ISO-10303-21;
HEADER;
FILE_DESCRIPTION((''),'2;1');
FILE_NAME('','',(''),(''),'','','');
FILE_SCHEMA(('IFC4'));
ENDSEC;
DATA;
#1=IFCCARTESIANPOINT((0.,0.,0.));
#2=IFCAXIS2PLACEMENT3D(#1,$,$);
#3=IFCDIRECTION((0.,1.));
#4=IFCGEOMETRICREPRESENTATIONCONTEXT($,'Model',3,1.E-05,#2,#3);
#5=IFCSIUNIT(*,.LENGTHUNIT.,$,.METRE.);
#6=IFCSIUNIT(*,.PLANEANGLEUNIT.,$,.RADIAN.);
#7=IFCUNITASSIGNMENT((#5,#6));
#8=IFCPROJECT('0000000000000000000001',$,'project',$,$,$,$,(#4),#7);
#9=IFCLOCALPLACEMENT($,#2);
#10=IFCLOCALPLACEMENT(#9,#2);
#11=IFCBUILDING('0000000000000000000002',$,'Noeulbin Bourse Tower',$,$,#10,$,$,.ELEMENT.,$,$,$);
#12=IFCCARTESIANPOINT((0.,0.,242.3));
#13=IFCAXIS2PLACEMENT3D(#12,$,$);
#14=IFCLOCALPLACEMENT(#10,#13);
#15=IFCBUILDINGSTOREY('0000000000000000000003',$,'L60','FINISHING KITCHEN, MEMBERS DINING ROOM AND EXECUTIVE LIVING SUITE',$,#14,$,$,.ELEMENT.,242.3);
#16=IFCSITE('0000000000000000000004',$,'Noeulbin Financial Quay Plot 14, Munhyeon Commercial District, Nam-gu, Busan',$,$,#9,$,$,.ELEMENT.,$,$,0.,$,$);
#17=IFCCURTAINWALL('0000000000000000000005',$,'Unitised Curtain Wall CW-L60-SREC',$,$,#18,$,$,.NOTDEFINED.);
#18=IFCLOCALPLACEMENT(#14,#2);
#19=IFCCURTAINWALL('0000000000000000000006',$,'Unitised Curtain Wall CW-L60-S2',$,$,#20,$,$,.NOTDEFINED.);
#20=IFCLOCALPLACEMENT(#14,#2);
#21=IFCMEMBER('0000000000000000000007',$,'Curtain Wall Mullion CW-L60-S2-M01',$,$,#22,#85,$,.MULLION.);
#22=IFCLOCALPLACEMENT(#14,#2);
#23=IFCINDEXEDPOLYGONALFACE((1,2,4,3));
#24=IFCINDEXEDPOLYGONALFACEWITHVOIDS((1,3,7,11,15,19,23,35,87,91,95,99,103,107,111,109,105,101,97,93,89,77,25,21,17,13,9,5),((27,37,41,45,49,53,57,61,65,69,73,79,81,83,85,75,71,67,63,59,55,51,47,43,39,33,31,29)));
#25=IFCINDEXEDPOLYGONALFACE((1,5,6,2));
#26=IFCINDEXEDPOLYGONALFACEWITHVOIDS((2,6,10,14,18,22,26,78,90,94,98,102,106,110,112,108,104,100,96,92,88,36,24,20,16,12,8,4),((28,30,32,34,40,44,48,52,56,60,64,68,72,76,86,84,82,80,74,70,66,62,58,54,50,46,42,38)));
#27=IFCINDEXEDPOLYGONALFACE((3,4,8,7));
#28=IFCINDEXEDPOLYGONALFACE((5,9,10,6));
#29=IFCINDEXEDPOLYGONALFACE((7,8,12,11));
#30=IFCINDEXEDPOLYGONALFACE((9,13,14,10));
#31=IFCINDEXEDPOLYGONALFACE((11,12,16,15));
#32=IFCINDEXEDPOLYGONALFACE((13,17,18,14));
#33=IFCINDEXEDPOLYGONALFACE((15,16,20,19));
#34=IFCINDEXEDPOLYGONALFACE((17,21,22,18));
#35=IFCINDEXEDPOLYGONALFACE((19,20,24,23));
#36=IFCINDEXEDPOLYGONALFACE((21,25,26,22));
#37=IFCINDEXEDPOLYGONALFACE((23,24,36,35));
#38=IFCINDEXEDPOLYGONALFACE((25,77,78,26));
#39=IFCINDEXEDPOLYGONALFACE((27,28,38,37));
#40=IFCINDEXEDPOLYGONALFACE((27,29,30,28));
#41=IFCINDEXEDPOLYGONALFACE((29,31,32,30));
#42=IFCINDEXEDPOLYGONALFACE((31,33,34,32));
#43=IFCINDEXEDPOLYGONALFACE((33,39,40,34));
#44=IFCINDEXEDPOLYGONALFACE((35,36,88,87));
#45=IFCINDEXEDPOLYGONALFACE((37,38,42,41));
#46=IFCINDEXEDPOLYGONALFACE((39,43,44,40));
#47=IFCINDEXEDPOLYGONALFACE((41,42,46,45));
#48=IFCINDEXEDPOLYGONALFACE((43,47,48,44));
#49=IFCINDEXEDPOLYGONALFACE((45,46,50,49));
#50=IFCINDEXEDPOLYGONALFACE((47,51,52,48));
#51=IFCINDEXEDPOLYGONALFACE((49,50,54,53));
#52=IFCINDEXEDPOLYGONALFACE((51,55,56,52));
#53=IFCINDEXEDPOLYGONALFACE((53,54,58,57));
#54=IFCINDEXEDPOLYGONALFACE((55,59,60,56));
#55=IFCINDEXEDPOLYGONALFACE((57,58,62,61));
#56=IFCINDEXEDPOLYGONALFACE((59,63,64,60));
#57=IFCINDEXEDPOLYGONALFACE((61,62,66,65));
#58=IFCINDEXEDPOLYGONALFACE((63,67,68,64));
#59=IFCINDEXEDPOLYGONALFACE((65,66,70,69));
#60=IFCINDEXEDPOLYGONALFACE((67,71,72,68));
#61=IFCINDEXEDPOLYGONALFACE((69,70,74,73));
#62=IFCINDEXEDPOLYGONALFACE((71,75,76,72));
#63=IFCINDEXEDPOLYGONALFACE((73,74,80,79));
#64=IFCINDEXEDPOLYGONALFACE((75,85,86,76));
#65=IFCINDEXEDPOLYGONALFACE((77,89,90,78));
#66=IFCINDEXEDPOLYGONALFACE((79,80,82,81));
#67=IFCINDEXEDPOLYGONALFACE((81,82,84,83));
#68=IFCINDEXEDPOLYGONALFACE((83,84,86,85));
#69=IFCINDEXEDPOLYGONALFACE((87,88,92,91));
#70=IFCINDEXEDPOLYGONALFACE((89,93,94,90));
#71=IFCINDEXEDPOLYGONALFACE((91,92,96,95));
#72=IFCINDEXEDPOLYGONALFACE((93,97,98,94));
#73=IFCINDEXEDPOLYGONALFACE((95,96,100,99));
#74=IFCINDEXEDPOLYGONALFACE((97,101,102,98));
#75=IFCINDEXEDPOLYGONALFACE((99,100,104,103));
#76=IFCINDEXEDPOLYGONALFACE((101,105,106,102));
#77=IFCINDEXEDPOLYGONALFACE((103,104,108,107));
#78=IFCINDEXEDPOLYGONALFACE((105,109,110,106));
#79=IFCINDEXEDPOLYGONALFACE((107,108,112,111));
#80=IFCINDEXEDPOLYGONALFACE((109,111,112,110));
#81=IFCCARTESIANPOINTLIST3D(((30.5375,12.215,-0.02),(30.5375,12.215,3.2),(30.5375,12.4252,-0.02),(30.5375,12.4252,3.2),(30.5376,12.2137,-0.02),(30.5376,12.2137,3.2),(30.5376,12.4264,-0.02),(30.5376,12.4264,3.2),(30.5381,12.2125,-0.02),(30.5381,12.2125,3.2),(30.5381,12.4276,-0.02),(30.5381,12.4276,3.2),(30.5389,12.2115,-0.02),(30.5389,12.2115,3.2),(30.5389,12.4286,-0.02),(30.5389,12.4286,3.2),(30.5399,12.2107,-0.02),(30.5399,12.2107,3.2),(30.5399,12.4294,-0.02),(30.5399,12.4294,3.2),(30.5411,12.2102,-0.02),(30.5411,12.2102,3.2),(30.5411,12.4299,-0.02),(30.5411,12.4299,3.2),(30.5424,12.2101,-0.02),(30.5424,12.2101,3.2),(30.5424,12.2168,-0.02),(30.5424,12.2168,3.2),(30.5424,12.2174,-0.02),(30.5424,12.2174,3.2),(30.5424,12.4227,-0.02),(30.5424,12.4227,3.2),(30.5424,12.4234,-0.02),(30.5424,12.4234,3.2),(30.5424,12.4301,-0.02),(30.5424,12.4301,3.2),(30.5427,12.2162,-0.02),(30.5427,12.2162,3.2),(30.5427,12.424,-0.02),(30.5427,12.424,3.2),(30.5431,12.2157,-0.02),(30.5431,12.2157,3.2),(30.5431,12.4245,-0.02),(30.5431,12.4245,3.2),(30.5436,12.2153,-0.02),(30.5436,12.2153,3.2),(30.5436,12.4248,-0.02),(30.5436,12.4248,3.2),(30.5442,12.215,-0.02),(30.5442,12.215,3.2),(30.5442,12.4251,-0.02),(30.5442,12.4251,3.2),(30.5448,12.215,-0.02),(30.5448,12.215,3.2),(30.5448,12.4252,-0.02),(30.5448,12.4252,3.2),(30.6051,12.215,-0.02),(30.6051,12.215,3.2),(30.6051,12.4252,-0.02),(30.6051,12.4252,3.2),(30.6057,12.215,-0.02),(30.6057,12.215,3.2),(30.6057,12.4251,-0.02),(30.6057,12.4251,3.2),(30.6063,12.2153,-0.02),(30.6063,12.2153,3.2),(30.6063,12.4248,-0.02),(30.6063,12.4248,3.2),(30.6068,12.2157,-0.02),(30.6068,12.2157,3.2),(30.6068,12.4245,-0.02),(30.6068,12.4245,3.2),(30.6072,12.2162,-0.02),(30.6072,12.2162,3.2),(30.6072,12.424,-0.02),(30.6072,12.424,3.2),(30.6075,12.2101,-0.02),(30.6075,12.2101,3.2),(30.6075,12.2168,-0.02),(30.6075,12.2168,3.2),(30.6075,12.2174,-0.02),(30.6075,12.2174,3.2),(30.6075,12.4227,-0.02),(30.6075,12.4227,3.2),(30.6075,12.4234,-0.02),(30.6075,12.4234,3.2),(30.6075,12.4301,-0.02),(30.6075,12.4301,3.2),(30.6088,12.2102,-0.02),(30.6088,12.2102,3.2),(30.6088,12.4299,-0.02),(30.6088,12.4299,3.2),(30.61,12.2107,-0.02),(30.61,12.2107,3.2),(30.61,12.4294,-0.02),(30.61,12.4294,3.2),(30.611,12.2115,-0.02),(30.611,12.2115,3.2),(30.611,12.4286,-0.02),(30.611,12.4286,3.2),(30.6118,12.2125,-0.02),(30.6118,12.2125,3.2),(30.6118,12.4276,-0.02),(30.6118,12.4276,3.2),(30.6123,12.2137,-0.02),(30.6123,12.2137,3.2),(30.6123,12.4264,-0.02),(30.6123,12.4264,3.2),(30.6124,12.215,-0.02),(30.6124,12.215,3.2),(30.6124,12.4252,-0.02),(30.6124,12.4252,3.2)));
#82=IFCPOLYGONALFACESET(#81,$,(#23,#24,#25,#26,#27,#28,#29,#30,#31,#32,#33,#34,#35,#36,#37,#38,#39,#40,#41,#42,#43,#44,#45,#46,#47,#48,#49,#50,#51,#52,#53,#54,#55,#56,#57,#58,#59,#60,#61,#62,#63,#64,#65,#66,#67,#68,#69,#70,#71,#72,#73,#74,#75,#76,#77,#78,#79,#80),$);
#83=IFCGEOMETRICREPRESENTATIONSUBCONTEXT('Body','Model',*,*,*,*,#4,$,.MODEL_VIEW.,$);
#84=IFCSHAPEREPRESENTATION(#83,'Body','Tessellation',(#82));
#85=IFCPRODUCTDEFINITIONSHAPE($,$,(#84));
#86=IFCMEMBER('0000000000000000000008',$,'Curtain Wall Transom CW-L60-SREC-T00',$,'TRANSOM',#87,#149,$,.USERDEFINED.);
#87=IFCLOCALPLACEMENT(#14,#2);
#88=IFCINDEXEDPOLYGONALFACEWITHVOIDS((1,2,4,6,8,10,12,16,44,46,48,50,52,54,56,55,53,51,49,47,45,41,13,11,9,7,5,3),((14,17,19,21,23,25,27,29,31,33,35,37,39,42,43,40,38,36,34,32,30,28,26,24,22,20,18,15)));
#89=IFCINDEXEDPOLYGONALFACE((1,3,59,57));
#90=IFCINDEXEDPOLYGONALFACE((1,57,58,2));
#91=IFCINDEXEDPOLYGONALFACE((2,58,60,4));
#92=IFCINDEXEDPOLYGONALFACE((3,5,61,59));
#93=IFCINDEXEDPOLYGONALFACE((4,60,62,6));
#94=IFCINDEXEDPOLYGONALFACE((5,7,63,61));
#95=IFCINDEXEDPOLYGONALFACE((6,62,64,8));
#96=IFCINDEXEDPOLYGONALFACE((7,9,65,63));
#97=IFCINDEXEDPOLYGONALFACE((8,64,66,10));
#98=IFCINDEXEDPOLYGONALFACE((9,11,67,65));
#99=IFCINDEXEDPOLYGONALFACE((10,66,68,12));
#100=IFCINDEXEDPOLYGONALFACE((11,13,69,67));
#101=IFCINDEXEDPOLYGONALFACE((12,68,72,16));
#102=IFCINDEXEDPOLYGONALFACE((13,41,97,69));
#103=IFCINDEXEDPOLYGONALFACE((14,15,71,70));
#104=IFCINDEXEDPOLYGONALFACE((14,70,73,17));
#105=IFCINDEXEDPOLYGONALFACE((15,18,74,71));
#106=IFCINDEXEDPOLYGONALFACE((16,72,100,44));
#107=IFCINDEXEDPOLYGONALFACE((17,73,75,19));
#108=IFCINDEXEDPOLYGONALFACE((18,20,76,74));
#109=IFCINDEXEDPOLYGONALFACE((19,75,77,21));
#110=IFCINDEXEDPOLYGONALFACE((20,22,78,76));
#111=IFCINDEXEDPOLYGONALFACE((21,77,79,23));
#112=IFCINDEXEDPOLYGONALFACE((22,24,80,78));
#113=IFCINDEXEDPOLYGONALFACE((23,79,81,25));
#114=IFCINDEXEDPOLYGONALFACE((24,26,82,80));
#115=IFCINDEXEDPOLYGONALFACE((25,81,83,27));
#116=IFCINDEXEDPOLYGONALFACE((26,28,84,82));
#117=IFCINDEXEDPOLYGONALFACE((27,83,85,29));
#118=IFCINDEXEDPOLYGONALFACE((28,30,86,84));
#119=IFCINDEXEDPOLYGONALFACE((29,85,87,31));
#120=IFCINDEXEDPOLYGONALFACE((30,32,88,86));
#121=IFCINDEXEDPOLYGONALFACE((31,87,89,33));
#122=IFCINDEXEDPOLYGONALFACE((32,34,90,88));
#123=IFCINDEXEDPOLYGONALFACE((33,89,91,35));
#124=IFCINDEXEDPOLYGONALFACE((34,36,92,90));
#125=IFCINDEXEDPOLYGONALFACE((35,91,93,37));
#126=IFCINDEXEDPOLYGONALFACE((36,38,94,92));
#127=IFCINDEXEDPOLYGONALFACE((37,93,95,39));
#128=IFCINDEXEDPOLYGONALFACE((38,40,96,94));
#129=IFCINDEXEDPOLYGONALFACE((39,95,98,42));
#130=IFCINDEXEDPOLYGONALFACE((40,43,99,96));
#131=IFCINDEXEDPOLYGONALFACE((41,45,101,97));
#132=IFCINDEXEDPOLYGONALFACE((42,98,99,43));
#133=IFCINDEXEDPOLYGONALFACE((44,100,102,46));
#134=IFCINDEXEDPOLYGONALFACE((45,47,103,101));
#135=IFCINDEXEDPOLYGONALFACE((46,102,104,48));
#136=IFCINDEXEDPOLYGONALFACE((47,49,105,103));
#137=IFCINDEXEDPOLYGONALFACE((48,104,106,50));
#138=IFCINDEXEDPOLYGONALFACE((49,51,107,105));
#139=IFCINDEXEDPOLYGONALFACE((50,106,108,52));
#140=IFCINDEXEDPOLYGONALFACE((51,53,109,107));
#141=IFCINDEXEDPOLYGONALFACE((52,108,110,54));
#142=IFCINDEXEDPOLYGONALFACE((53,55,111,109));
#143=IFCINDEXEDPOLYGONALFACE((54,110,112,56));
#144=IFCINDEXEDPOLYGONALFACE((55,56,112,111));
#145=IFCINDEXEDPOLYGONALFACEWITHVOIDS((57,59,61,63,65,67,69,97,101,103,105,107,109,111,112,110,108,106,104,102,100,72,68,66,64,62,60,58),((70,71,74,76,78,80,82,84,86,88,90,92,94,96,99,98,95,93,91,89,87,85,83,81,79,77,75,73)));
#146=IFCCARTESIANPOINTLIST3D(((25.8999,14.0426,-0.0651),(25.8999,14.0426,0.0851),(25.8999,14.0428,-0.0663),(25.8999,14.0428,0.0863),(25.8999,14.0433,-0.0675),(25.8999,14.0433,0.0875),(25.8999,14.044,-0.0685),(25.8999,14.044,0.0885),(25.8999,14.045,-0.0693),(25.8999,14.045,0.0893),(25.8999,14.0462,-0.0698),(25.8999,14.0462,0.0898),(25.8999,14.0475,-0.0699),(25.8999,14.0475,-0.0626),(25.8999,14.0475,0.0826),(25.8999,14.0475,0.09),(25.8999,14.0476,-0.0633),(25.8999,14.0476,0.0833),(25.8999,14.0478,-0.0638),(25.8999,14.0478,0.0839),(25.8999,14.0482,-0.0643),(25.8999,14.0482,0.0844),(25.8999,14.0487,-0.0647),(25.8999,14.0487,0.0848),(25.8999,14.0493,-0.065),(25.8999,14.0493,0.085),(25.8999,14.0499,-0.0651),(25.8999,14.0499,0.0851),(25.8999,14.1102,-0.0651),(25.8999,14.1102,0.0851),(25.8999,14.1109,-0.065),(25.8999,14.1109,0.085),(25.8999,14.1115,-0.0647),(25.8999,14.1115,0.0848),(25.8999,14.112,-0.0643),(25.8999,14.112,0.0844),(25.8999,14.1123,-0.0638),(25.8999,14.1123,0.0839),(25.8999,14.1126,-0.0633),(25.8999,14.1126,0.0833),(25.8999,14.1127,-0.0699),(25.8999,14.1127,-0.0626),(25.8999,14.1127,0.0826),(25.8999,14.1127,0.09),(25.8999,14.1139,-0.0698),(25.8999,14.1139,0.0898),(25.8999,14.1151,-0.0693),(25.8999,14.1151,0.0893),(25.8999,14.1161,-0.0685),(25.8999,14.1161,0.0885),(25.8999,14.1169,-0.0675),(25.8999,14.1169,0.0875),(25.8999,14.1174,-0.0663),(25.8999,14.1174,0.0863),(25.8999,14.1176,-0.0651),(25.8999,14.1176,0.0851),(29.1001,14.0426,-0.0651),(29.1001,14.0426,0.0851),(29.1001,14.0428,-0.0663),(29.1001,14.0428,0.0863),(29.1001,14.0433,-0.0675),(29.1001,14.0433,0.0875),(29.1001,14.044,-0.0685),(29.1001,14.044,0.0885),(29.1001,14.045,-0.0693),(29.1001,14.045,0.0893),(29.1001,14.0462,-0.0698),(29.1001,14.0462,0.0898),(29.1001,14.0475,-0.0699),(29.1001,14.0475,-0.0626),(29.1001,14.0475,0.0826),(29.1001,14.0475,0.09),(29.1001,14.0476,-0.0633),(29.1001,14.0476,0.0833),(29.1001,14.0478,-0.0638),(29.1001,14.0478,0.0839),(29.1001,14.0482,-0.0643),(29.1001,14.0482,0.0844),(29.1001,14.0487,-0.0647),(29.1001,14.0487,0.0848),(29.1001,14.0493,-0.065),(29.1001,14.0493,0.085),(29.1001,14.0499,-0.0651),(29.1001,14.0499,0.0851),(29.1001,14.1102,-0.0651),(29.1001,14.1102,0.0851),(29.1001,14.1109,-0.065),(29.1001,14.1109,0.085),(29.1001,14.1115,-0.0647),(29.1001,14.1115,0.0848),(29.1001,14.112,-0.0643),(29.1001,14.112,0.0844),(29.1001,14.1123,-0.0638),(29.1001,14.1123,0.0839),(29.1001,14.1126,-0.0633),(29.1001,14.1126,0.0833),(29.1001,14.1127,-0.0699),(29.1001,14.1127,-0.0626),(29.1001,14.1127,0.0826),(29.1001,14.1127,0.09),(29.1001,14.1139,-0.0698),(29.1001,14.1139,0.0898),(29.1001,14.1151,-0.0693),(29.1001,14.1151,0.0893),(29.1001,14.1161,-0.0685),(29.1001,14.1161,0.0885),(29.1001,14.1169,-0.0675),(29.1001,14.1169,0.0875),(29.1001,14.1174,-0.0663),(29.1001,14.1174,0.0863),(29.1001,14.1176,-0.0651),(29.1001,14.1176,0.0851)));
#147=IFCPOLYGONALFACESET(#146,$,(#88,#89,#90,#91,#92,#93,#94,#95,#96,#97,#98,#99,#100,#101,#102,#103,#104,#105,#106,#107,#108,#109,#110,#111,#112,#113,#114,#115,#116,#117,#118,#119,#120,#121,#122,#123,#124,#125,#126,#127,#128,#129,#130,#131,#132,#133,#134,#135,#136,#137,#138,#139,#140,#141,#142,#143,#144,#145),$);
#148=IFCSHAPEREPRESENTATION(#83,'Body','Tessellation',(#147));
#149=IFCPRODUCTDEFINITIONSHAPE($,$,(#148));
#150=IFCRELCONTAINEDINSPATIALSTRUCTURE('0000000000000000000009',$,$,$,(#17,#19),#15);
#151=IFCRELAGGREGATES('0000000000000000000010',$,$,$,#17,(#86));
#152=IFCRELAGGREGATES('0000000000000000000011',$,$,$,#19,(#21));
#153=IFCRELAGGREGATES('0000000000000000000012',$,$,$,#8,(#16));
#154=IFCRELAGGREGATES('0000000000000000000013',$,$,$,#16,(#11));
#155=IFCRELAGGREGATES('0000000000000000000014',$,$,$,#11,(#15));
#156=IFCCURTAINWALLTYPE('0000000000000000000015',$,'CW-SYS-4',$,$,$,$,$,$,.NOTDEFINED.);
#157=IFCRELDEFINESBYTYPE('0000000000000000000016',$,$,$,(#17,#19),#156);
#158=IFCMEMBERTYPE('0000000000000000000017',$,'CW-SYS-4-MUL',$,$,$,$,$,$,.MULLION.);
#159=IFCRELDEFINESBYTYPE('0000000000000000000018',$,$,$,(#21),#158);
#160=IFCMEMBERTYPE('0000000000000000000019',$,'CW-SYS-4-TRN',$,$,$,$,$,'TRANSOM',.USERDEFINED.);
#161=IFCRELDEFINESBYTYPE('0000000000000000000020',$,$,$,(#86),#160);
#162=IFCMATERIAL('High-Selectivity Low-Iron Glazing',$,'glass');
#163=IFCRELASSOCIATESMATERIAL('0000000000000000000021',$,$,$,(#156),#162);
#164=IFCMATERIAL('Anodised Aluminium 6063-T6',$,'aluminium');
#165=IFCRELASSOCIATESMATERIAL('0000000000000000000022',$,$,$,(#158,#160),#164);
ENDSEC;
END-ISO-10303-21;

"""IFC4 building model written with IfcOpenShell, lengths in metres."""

from ifc_helpers import new_model, si_unit, direction, frame, origin, origin_2d, place, context, subcontext, project, spatial, hollow_rectangle, extrude, material, material_profile, profile_set, type_object, element, aggregate, save


model = new_model("IFC4")

# Units and contexts
model_context = context("Model", 3, precision=1e-05, world=origin(), true_north=direction((0.0, 1.0)))
body_context = subcontext(model_context, "Body", "Model", "MODEL_VIEW")
ifc_project = project(units=[si_unit("LENGTHUNIT", "METRE"), si_unit("PLANEANGLEUNIT", "RADIAN")], contexts=[model_context])

# Site, building, storey
site_placement = place(None, origin())
site = spatial("IfcSite", under=ifc_project, at=site_placement, Name="Noeulbin Financial Quay Plot 14, Munhyeon Commercial District, Nam-gu, Busan", CompositionType="ELEMENT", RefElevation=0.0)
building_placement = place(site_placement, origin())
building = spatial("IfcBuilding", under=site, at=building_placement, Name="Noeulbin Bourse Tower", CompositionType="ELEMENT")
storey_placement = place(building_placement, frame((0.0, 0.0, 242.3)))
storey = spatial("IfcBuildingStorey", under=building, at=storey_placement, Name="L60", Description="FINISHING KITCHEN, MEMBERS DINING ROOM AND EXECUTIVE LIVING SUITE", CompositionType="ELEMENT", Elevation=242.3)

# Curtain wall
ifc_material_1 = material(Name="High-Selectivity Low-Iron Glazing", Category="glass")
curtain_wall_type = type_object("IfcCurtainWallType", Name="CW-SYS-4", PredefinedType="NOTDEFINED", material=ifc_material_1)
curtain_wall_1_placement = place(storey_placement, origin())
curtain_wall_1 = element("IfcCurtainWall", 1, at=curtain_wall_1_placement, inside=storey, type_object=curtain_wall_type, Name="Unitised Curtain Wall CW-L60-SREC", PredefinedType="NOTDEFINED")
ifc_material_2 = material(Name="Anodised Aluminium 6063-T6", Category="aluminium")
ifc_material_profile_1 = material_profile(ifc_material_2, hollow_rectangle(XDim=0.075, YDim=0.22, WallThickness=0.0049, InnerFilletRadius=0.0024, OuterFilletRadius=0.0049, at=origin_2d()), Name="ALU-MULL-75x220x5", Category="LoadBearing")
ifc_profile_set_1 = profile_set([ifc_material_profile_1], Name="Anodised Aluminium 6063-T6")
member_type_1 = type_object("IfcMemberType", Name="CW-SYS-4-MUL", PredefinedType="MULLION", material=ifc_profile_set_1)

# Curtain wall, member
curtain_wall_2_placement = place(storey_placement, origin())
curtain_wall_2 = element("IfcCurtainWall", 2, at=curtain_wall_2_placement, inside=storey, type_object=curtain_wall_type, Name="Unitised Curtain Wall CW-L60-S2", PredefinedType="NOTDEFINED")
member_1_placement = place(storey_placement, frame((30.575, 12.3201, -0.02), z_axis=(0.0, 0.0, 1.0), x_axis=(1.0, 0.0, 0.0)))
member_1 = element("IfcMember", 3, at=member_1_placement, type_object=member_type_1, Name="Curtain Wall Mullion CW-L60-S2-M01", PredefinedType="MULLION", context=body_context, shape_type="SweptSolid", body=[
    extrude(hollow_rectangle(XDim=0.075, YDim=0.22, WallThickness=0.0049, InnerFilletRadius=0.0024, OuterFilletRadius=0.0049, at=origin_2d()), origin(), (0.0, 0.0, 1.0), 3.22),
])

# Member
ifc_material_profile_2 = material_profile(ifc_material_2, hollow_rectangle(XDim=0.075, YDim=0.1599, WallThickness=0.0049, InnerFilletRadius=0.0024, OuterFilletRadius=0.0049, at=origin_2d()), Name="ALU-TRAN-75x160x5", Category="LoadBearing")
ifc_profile_set_2 = profile_set([ifc_material_profile_2], Name="Anodised Aluminium 6063-T6")
member_type_2 = type_object("IfcMemberType", Name="CW-SYS-4-TRN", ElementType="TRANSOM", PredefinedType="USERDEFINED", material=ifc_profile_set_2)
member_2_placement = place(storey_placement, frame((25.8999, 14.0801, 0.01), z_axis=(1.0, 0.0, 0.0), x_axis=(0.0, 1.0, 0.0)))
member_2 = element("IfcMember", 4, at=member_2_placement, type_object=member_type_2, Name="Curtain Wall Transom CW-L60-SREC-T00", ObjectType="TRANSOM", PredefinedType="USERDEFINED", context=body_context, shape_type="SweptSolid", body=[
    extrude(hollow_rectangle(XDim=0.075, YDim=0.1599, WallThickness=0.0049, InnerFilletRadius=0.0024, OuterFilletRadius=0.0049, at=origin_2d()), origin(), (0.0, 0.0, 1.0), 3.2002),
])

aggregate(curtain_wall_1, [member_2])
aggregate(curtain_wall_2, [member_1])

save(model, "model.ifc")
